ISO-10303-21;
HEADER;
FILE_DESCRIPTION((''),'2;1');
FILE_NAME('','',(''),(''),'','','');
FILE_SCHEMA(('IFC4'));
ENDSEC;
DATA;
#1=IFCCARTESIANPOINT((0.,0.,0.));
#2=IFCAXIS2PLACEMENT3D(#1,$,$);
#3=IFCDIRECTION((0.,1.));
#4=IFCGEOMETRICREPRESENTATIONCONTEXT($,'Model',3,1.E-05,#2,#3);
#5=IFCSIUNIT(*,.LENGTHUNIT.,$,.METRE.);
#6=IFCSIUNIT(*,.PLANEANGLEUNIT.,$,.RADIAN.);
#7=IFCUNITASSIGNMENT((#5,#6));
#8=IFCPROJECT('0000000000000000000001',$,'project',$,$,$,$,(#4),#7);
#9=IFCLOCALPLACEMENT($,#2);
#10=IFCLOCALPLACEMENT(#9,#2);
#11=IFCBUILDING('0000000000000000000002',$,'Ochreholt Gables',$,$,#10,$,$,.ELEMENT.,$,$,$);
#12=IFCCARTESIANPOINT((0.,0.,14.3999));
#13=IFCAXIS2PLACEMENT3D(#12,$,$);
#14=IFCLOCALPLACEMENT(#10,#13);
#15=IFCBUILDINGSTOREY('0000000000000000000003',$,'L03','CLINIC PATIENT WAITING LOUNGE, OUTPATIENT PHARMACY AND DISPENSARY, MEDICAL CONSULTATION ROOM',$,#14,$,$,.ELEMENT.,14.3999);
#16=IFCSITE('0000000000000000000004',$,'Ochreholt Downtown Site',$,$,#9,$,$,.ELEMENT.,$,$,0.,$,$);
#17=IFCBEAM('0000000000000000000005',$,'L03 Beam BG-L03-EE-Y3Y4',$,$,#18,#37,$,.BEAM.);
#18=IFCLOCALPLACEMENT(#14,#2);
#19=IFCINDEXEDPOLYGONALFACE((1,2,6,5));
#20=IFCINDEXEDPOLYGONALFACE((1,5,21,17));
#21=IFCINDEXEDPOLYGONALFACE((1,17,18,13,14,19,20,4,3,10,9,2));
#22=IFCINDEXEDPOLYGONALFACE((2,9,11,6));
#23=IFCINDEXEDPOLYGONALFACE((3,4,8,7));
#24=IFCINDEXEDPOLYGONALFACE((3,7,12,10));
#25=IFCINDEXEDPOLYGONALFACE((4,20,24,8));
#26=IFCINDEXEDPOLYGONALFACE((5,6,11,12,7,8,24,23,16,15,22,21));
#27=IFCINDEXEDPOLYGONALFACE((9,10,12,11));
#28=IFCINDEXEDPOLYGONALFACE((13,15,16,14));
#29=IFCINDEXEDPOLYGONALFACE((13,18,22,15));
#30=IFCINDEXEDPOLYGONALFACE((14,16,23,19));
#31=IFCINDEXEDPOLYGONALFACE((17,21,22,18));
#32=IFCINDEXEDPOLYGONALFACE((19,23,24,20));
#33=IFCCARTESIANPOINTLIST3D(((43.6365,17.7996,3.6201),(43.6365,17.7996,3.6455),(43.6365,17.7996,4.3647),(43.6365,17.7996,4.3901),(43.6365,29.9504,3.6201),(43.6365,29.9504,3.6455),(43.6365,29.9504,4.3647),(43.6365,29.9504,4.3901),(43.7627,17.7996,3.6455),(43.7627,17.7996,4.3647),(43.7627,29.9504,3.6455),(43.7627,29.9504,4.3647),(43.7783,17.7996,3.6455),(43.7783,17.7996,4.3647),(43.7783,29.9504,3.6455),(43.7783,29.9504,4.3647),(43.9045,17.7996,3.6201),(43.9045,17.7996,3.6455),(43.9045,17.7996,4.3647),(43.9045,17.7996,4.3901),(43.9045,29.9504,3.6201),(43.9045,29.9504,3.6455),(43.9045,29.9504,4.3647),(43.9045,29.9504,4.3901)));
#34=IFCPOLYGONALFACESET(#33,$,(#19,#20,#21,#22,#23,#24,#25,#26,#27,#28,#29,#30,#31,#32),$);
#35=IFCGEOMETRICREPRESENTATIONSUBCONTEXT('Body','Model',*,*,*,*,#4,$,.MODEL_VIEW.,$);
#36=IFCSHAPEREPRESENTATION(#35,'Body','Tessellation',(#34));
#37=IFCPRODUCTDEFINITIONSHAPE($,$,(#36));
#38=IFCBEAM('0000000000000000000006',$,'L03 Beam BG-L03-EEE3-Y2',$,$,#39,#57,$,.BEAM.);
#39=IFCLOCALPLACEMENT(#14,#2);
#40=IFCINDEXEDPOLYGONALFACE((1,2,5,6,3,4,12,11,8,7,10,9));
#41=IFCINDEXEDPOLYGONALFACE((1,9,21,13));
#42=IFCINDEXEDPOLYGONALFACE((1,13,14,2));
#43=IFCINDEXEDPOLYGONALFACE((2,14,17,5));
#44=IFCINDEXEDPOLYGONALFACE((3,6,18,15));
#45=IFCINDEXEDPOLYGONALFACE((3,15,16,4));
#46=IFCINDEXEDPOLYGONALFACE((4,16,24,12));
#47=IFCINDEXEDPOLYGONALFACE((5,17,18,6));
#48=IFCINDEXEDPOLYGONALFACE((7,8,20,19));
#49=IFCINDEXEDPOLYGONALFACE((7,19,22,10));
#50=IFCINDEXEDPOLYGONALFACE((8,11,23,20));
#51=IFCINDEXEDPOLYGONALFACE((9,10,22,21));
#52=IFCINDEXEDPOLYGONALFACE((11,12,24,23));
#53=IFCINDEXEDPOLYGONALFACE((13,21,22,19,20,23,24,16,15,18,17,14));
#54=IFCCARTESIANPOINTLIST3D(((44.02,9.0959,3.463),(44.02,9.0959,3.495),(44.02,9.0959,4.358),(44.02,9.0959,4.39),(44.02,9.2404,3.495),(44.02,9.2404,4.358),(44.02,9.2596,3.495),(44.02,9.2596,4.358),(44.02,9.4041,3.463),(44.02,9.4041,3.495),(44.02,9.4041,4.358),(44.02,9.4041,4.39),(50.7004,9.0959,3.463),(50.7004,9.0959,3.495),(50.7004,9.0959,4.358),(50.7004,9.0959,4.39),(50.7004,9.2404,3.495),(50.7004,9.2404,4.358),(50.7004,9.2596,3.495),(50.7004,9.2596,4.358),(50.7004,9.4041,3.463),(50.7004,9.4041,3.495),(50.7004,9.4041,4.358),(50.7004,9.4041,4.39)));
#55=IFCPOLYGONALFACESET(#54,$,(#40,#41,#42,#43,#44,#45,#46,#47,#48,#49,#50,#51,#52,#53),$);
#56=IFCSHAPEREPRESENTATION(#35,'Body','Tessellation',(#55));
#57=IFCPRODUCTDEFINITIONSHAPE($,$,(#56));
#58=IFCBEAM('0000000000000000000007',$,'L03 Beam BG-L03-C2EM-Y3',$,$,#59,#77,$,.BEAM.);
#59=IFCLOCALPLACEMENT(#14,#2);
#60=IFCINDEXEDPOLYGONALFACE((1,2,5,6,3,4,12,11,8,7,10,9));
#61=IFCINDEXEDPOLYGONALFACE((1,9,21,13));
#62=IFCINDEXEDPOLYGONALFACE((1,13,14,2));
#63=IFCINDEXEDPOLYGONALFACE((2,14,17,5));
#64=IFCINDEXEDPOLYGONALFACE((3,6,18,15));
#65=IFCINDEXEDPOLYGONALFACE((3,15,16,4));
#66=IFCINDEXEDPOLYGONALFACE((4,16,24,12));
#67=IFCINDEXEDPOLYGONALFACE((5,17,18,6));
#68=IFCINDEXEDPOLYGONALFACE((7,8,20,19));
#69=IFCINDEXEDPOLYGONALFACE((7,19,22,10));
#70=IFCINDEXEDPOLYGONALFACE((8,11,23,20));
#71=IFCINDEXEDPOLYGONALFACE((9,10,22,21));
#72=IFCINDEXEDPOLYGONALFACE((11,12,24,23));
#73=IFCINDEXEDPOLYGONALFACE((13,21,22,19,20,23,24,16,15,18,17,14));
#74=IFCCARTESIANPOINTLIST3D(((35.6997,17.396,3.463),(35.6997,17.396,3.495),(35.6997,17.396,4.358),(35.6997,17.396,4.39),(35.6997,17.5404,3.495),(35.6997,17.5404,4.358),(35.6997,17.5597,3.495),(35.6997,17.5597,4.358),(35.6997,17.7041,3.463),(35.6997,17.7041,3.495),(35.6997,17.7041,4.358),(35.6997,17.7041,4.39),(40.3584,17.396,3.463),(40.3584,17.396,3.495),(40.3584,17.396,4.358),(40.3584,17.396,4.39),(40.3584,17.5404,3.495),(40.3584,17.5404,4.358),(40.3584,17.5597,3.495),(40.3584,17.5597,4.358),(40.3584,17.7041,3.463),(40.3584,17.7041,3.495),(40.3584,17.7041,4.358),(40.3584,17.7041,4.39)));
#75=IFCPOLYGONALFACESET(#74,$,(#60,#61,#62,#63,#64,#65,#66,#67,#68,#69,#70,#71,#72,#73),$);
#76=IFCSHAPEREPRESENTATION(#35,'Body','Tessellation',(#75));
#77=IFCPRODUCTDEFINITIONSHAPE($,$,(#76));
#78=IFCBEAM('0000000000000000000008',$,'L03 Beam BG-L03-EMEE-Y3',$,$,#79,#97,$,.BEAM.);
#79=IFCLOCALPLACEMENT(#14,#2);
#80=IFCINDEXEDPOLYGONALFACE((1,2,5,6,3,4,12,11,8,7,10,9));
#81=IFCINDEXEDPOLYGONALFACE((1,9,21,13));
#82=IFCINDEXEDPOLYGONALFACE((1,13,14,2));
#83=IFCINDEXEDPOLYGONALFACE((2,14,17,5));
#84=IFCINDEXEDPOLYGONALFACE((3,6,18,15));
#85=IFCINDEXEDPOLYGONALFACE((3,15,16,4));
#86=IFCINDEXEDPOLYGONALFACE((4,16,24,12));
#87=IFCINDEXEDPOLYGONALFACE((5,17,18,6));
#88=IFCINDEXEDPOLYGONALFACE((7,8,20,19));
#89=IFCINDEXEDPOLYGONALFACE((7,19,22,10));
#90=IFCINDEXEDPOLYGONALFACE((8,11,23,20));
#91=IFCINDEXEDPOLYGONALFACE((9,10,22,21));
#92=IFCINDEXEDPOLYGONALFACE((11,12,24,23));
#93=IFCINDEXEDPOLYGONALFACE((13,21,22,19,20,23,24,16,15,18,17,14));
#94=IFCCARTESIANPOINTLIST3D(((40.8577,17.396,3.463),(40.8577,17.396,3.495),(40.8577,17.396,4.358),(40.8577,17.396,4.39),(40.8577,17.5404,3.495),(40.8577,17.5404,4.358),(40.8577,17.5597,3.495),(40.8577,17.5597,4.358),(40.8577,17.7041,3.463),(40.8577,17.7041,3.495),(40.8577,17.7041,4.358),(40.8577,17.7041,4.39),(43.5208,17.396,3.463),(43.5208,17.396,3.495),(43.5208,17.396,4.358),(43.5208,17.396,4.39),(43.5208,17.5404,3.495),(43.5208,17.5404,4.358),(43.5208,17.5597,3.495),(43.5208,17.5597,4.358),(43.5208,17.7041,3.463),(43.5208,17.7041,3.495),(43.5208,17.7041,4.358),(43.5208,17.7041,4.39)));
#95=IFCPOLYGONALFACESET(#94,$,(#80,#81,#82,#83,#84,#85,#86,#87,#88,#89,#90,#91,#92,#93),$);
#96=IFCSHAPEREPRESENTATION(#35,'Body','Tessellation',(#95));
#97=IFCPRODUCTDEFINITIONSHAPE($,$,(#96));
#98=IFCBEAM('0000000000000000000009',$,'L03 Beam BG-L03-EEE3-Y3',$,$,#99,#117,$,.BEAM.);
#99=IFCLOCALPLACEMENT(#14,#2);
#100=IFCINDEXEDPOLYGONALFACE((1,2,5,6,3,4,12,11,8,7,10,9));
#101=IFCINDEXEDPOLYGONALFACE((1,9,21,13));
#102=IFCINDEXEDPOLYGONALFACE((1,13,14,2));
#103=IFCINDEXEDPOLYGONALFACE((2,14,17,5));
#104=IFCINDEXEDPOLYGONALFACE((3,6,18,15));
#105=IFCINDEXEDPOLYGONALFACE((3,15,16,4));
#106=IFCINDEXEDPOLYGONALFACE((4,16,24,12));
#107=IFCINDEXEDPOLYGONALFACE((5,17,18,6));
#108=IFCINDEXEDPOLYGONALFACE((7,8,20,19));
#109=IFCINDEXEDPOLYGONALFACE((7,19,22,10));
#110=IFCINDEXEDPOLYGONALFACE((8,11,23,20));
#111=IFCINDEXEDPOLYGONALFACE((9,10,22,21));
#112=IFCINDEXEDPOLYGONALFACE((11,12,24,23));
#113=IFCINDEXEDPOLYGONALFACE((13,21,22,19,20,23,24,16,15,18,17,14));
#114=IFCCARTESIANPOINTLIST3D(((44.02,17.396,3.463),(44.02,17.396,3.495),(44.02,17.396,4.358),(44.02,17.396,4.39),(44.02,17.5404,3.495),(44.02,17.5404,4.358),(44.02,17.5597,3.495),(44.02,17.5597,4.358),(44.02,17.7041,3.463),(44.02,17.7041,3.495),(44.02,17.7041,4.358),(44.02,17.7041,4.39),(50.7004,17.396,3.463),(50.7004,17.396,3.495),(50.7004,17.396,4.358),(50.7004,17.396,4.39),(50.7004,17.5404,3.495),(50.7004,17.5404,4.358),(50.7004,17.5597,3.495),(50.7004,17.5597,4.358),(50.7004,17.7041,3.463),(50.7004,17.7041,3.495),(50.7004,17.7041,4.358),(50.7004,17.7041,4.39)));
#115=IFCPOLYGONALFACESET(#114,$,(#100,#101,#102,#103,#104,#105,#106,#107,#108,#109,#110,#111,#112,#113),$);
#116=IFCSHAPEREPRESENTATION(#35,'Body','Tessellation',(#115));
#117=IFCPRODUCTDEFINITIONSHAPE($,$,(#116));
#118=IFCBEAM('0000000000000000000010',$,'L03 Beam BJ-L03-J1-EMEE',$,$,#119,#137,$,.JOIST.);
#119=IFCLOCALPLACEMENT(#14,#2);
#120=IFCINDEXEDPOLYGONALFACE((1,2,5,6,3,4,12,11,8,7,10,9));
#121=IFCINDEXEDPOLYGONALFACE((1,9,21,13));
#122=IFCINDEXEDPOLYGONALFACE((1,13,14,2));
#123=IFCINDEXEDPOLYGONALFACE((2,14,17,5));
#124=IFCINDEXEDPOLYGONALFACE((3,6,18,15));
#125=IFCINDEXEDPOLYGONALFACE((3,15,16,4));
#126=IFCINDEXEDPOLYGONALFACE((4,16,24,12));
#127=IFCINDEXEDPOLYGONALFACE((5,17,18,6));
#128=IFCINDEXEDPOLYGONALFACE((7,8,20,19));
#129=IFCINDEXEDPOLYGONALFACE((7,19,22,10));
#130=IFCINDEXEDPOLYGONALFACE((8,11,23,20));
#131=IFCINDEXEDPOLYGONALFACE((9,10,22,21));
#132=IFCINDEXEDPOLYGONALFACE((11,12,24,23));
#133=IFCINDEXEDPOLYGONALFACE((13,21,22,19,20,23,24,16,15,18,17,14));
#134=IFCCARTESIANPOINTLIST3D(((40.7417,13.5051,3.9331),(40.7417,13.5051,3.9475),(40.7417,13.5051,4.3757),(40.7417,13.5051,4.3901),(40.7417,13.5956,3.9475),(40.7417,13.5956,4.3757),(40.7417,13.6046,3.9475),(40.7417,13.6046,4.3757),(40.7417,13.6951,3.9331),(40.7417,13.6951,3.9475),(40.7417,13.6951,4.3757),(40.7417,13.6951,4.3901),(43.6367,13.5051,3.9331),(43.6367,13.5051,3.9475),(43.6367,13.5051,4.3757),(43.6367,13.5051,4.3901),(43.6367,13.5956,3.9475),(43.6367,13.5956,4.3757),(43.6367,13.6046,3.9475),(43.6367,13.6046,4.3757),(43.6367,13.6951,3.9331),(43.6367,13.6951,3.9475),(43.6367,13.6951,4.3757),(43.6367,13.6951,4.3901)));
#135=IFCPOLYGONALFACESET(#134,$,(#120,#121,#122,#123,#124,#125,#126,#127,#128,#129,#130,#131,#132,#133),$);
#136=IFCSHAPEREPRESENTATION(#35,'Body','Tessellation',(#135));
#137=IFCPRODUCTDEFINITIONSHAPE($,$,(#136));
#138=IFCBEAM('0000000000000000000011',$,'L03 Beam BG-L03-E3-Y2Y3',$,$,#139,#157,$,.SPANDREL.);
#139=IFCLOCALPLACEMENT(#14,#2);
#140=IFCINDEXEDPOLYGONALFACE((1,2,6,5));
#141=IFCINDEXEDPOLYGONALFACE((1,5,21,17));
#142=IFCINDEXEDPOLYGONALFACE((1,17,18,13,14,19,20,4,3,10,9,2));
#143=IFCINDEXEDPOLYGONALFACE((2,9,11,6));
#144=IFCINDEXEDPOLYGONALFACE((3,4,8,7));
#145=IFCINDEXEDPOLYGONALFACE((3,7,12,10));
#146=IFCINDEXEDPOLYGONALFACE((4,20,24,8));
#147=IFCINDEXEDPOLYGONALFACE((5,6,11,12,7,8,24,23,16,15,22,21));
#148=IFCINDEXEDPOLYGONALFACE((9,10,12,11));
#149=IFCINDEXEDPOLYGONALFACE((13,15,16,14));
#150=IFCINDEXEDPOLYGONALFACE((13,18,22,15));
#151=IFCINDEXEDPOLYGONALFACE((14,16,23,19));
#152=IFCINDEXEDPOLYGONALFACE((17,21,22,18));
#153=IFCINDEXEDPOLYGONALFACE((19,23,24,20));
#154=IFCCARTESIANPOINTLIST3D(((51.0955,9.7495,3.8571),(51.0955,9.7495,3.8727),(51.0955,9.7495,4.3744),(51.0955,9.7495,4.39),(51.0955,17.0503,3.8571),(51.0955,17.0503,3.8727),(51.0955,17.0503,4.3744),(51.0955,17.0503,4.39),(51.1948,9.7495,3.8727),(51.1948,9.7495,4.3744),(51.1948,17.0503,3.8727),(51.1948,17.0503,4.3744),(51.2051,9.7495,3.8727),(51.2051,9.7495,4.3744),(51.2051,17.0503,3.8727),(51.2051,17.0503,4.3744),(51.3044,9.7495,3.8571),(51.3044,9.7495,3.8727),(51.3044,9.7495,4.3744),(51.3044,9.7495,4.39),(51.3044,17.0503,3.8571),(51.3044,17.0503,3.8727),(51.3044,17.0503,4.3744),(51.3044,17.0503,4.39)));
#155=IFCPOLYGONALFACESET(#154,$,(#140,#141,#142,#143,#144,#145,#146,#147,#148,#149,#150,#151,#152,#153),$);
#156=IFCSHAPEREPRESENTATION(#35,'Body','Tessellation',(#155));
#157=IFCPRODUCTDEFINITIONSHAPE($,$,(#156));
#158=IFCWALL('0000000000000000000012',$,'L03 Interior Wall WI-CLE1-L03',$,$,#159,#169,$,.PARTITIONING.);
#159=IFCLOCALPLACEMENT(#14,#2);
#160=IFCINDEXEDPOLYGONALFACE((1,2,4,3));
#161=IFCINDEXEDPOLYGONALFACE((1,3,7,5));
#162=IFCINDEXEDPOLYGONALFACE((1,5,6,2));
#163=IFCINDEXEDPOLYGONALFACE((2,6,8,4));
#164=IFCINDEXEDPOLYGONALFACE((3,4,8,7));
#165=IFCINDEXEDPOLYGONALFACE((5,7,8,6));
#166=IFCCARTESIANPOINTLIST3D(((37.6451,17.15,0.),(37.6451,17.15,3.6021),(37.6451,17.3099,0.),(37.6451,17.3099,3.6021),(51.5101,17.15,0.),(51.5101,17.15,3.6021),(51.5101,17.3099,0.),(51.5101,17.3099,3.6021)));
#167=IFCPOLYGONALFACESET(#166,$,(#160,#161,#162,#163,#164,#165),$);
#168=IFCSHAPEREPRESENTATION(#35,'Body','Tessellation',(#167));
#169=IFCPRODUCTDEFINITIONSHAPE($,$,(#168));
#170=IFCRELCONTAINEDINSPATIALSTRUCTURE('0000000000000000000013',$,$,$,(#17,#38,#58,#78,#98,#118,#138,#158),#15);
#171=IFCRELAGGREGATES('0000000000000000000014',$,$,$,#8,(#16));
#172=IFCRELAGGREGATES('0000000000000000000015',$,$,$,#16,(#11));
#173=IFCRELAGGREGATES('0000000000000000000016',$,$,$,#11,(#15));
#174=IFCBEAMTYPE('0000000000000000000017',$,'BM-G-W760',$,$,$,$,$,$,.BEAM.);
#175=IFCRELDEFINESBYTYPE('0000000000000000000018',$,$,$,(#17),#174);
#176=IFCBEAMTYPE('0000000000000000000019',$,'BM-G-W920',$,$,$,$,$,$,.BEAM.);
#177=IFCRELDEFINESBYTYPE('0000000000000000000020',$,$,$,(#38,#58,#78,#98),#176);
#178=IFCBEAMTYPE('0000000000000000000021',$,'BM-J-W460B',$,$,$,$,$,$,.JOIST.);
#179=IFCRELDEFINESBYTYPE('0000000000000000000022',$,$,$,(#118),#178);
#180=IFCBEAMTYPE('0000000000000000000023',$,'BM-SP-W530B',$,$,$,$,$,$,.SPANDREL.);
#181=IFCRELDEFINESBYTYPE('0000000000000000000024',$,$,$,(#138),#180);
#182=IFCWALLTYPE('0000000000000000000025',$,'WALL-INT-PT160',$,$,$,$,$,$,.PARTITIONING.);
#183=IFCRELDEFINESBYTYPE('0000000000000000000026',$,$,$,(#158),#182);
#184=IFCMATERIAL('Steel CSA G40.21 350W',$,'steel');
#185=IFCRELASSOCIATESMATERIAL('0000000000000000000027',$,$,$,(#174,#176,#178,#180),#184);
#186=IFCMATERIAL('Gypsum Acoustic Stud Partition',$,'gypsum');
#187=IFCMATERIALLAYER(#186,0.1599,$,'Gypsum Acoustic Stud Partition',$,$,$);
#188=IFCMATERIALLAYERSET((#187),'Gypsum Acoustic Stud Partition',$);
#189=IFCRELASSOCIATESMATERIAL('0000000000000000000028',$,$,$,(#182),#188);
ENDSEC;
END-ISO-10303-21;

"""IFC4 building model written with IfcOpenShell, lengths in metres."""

from ifc_helpers import new_model, si_unit, direction, frame, frame_2d, origin, origin_2d, place, context, subcontext, project, spatial, rectangle, i_section, extrude, material, layer, layer_set, material_profile, profile_set, type_object, element, save


model = new_model("IFC4")

# Units and contexts
model_context = context("Model", 3, precision=1e-05, world=origin(), true_north=direction((0.0, 1.0)))
body_context = subcontext(model_context, "Body", "Model", "MODEL_VIEW")
ifc_project = project(units=[si_unit("LENGTHUNIT", "METRE"), si_unit("PLANEANGLEUNIT", "RADIAN")], contexts=[model_context])

# Site, building, storey
site_placement = place(None, origin())
site = spatial("IfcSite", under=ifc_project, at=site_placement, Name="Ochreholt Downtown Site", CompositionType="ELEMENT", RefElevation=0.0)
building_placement = place(site_placement, origin())
building = spatial("IfcBuilding", under=site, at=building_placement, Name="Ochreholt Gables", CompositionType="ELEMENT")
storey_placement = place(building_placement, frame((0.0, 0.0, 14.3999)))
storey = spatial("IfcBuildingStorey", under=building, at=storey_placement, Name="L03", Description="CLINIC PATIENT WAITING LOUNGE, OUTPATIENT PHARMACY AND DISPENSARY, MEDICAL CONSULTATION ROOM", CompositionType="ELEMENT", Elevation=14.3999)

# Shared definitions
ifc_material_1 = material(Name="Steel CSA G40.21 350W", Category="steel")

# Beams
ifc_material_profile_1 = material_profile(ifc_material_1, i_section(OverallWidth=0.2681, OverallDepth=0.77, WebThickness=0.0156, FlangeThickness=0.0254, at=origin_2d()), Name="W760X196")
ifc_profile_set_1 = profile_set([ifc_material_profile_1], Name="Steel CSA G40.21 350W")
beam_type_1 = type_object("IfcBeamType", Name="BM-G-W760", PredefinedType="BEAM", material=ifc_profile_set_1)
beam_1_placement = place(storey_placement, frame((43.7705, 17.7996, 4.0051), z_axis=(0.0, 1.0, 0.0), x_axis=(-1.0, 0.0, 0.0)))
element("IfcBeam", 1, at=beam_1_placement, inside=storey, type_object=beam_type_1, Name="L03 Beam BG-L03-EE-Y3Y4", PredefinedType="BEAM", context=body_context, shape_type="SweptSolid", body=[
    extrude(i_section(OverallWidth=0.2681, OverallDepth=0.77, WebThickness=0.0156, FlangeThickness=0.0254, at=origin_2d()), origin(), (0.0, 0.0, 1.0), 12.1509),
])
ifc_material_profile_2 = material_profile(ifc_material_1, i_section(OverallWidth=0.3081, OverallDepth=0.927, WebThickness=0.0193, FlangeThickness=0.032, at=origin_2d()), Name="W920X289")
ifc_profile_set_2 = profile_set([ifc_material_profile_2], Name="Steel CSA G40.21 350W")
beam_type_2 = type_object("IfcBeamType", Name="BM-G-W920", PredefinedType="BEAM", material=ifc_profile_set_2)
beam_2_placement = place(storey_placement, frame((44.02, 9.25, 3.9265), z_axis=(1.0, 0.0, 0.0), x_axis=(0.0, 1.0, 0.0)))
element("IfcBeam", 2, at=beam_2_placement, inside=storey, type_object=beam_type_2, Name="L03 Beam BG-L03-EEE3-Y2", PredefinedType="BEAM", context=body_context, shape_type="SweptSolid", body=[
    extrude(i_section(OverallWidth=0.3081, OverallDepth=0.927, WebThickness=0.0193, FlangeThickness=0.032, at=origin_2d()), origin(), (0.0, 0.0, 1.0), 6.6804),
])
beam_3_placement = place(storey_placement, frame((35.6997, 17.55, 3.9265), z_axis=(1.0, 0.0, 0.0), x_axis=(0.0, 1.0, 0.0)))
element("IfcBeam", 3, at=beam_3_placement, inside=storey, type_object=beam_type_2, Name="L03 Beam BG-L03-C2EM-Y3", PredefinedType="BEAM", context=body_context, shape_type="SweptSolid", body=[
    extrude(i_section(OverallWidth=0.3081, OverallDepth=0.927, WebThickness=0.0193, FlangeThickness=0.032, at=origin_2d()), origin(), (0.0, 0.0, 1.0), 4.6587),
])
beam_4_placement = place(storey_placement, frame((40.8577, 17.55, 3.9265), z_axis=(1.0, 0.0, 0.0), x_axis=(0.0, 1.0, 0.0)))
element("IfcBeam", 4, at=beam_4_placement, inside=storey, type_object=beam_type_2, Name="L03 Beam BG-L03-EMEE-Y3", PredefinedType="BEAM", context=body_context, shape_type="SweptSolid", body=[
    extrude(i_section(OverallWidth=0.3081, OverallDepth=0.927, WebThickness=0.0193, FlangeThickness=0.032, at=origin_2d()), origin(), (0.0, 0.0, 1.0), 2.6631),
])
beam_5_placement = place(storey_placement, frame((44.02, 17.55, 3.9265), z_axis=(1.0, 0.0, 0.0), x_axis=(0.0, 1.0, 0.0)))
element("IfcBeam", 5, at=beam_5_placement, inside=storey, type_object=beam_type_2, Name="L03 Beam BG-L03-EEE3-Y3", PredefinedType="BEAM", context=body_context, shape_type="SweptSolid", body=[
    extrude(i_section(OverallWidth=0.3081, OverallDepth=0.927, WebThickness=0.0193, FlangeThickness=0.032, at=origin_2d()), origin(), (0.0, 0.0, 1.0), 6.6804),
])
ifc_material_profile_3 = material_profile(ifc_material_1, i_section(OverallWidth=0.1899, OverallDepth=0.457, WebThickness=0.009, FlangeThickness=0.0144, at=origin_2d()), Name="W460X74")
ifc_profile_set_3 = profile_set([ifc_material_profile_3], Name="Steel CSA G40.21 350W")
beam_type_3 = type_object("IfcBeamType", Name="BM-J-W460B", PredefinedType="JOIST", material=ifc_profile_set_3)
beam_6_placement = place(storey_placement, frame((40.7417, 13.6001, 4.1616), z_axis=(1.0, 0.0, 0.0), x_axis=(0.0, 1.0, 0.0)))
element("IfcBeam", 6, at=beam_6_placement, inside=storey, type_object=beam_type_3, Name="L03 Beam BJ-L03-J1-EMEE", PredefinedType="JOIST", context=body_context, shape_type="SweptSolid", body=[
    extrude(i_section(OverallWidth=0.1899, OverallDepth=0.457, WebThickness=0.009, FlangeThickness=0.0144, at=origin_2d()), origin(), (0.0, 0.0, 1.0), 2.895),
])
ifc_material_profile_4 = material_profile(ifc_material_1, i_section(OverallWidth=0.209, OverallDepth=0.533, WebThickness=0.0103, FlangeThickness=0.0156, at=origin_2d()), Name="W530X92")
ifc_profile_set_4 = profile_set([ifc_material_profile_4], Name="Steel CSA G40.21 350W")
beam_type_4 = type_object("IfcBeamType", Name="BM-SP-W530B", PredefinedType="SPANDREL", material=ifc_profile_set_4)
beam_7_placement = place(storey_placement, frame((51.2, 9.7495, 4.1235), z_axis=(0.0, 1.0, 0.0), x_axis=(-1.0, 0.0, 0.0)))
element("IfcBeam", 7, at=beam_7_placement, inside=storey, type_object=beam_type_4, Name="L03 Beam BG-L03-E3-Y2Y3", PredefinedType="SPANDREL", context=body_context, shape_type="SweptSolid", body=[
    extrude(i_section(OverallWidth=0.209, OverallDepth=0.533, WebThickness=0.0103, FlangeThickness=0.0156, at=origin_2d()), origin(), (0.0, 0.0, 1.0), 7.3008),
])

# Wall
ifc_material_2 = material(Name="Gypsum Acoustic Stud Partition", Category="gypsum")
ifc_layer = layer(ifc_material_2, 0.1599, Name="Gypsum Acoustic Stud Partition")
ifc_layer_set = layer_set([ifc_layer], Name="Gypsum Acoustic Stud Partition")
wall_type = type_object("IfcWallType", Name="WALL-INT-PT160", PredefinedType="PARTITIONING", material=ifc_layer_set)
wall_placement = place(storey_placement, frame((37.645, 17.23, 0.0), z_axis=(0.0, 0.0, 1.0), x_axis=(1.0, 0.0, 0.0)))
element("IfcWall", 8, at=wall_placement, inside=storey, type_object=wall_type, Name="L03 Interior Wall WI-CLE1-L03", PredefinedType="PARTITIONING", context=body_context, shape_type="SweptSolid", body=[
    extrude(rectangle(XDim=13.865, YDim=0.1599, at=frame_2d((6.9326, 0.0))), origin(), (0.0, 0.0, 1.0), 3.6021),
])

save(model, "model.ifc")
